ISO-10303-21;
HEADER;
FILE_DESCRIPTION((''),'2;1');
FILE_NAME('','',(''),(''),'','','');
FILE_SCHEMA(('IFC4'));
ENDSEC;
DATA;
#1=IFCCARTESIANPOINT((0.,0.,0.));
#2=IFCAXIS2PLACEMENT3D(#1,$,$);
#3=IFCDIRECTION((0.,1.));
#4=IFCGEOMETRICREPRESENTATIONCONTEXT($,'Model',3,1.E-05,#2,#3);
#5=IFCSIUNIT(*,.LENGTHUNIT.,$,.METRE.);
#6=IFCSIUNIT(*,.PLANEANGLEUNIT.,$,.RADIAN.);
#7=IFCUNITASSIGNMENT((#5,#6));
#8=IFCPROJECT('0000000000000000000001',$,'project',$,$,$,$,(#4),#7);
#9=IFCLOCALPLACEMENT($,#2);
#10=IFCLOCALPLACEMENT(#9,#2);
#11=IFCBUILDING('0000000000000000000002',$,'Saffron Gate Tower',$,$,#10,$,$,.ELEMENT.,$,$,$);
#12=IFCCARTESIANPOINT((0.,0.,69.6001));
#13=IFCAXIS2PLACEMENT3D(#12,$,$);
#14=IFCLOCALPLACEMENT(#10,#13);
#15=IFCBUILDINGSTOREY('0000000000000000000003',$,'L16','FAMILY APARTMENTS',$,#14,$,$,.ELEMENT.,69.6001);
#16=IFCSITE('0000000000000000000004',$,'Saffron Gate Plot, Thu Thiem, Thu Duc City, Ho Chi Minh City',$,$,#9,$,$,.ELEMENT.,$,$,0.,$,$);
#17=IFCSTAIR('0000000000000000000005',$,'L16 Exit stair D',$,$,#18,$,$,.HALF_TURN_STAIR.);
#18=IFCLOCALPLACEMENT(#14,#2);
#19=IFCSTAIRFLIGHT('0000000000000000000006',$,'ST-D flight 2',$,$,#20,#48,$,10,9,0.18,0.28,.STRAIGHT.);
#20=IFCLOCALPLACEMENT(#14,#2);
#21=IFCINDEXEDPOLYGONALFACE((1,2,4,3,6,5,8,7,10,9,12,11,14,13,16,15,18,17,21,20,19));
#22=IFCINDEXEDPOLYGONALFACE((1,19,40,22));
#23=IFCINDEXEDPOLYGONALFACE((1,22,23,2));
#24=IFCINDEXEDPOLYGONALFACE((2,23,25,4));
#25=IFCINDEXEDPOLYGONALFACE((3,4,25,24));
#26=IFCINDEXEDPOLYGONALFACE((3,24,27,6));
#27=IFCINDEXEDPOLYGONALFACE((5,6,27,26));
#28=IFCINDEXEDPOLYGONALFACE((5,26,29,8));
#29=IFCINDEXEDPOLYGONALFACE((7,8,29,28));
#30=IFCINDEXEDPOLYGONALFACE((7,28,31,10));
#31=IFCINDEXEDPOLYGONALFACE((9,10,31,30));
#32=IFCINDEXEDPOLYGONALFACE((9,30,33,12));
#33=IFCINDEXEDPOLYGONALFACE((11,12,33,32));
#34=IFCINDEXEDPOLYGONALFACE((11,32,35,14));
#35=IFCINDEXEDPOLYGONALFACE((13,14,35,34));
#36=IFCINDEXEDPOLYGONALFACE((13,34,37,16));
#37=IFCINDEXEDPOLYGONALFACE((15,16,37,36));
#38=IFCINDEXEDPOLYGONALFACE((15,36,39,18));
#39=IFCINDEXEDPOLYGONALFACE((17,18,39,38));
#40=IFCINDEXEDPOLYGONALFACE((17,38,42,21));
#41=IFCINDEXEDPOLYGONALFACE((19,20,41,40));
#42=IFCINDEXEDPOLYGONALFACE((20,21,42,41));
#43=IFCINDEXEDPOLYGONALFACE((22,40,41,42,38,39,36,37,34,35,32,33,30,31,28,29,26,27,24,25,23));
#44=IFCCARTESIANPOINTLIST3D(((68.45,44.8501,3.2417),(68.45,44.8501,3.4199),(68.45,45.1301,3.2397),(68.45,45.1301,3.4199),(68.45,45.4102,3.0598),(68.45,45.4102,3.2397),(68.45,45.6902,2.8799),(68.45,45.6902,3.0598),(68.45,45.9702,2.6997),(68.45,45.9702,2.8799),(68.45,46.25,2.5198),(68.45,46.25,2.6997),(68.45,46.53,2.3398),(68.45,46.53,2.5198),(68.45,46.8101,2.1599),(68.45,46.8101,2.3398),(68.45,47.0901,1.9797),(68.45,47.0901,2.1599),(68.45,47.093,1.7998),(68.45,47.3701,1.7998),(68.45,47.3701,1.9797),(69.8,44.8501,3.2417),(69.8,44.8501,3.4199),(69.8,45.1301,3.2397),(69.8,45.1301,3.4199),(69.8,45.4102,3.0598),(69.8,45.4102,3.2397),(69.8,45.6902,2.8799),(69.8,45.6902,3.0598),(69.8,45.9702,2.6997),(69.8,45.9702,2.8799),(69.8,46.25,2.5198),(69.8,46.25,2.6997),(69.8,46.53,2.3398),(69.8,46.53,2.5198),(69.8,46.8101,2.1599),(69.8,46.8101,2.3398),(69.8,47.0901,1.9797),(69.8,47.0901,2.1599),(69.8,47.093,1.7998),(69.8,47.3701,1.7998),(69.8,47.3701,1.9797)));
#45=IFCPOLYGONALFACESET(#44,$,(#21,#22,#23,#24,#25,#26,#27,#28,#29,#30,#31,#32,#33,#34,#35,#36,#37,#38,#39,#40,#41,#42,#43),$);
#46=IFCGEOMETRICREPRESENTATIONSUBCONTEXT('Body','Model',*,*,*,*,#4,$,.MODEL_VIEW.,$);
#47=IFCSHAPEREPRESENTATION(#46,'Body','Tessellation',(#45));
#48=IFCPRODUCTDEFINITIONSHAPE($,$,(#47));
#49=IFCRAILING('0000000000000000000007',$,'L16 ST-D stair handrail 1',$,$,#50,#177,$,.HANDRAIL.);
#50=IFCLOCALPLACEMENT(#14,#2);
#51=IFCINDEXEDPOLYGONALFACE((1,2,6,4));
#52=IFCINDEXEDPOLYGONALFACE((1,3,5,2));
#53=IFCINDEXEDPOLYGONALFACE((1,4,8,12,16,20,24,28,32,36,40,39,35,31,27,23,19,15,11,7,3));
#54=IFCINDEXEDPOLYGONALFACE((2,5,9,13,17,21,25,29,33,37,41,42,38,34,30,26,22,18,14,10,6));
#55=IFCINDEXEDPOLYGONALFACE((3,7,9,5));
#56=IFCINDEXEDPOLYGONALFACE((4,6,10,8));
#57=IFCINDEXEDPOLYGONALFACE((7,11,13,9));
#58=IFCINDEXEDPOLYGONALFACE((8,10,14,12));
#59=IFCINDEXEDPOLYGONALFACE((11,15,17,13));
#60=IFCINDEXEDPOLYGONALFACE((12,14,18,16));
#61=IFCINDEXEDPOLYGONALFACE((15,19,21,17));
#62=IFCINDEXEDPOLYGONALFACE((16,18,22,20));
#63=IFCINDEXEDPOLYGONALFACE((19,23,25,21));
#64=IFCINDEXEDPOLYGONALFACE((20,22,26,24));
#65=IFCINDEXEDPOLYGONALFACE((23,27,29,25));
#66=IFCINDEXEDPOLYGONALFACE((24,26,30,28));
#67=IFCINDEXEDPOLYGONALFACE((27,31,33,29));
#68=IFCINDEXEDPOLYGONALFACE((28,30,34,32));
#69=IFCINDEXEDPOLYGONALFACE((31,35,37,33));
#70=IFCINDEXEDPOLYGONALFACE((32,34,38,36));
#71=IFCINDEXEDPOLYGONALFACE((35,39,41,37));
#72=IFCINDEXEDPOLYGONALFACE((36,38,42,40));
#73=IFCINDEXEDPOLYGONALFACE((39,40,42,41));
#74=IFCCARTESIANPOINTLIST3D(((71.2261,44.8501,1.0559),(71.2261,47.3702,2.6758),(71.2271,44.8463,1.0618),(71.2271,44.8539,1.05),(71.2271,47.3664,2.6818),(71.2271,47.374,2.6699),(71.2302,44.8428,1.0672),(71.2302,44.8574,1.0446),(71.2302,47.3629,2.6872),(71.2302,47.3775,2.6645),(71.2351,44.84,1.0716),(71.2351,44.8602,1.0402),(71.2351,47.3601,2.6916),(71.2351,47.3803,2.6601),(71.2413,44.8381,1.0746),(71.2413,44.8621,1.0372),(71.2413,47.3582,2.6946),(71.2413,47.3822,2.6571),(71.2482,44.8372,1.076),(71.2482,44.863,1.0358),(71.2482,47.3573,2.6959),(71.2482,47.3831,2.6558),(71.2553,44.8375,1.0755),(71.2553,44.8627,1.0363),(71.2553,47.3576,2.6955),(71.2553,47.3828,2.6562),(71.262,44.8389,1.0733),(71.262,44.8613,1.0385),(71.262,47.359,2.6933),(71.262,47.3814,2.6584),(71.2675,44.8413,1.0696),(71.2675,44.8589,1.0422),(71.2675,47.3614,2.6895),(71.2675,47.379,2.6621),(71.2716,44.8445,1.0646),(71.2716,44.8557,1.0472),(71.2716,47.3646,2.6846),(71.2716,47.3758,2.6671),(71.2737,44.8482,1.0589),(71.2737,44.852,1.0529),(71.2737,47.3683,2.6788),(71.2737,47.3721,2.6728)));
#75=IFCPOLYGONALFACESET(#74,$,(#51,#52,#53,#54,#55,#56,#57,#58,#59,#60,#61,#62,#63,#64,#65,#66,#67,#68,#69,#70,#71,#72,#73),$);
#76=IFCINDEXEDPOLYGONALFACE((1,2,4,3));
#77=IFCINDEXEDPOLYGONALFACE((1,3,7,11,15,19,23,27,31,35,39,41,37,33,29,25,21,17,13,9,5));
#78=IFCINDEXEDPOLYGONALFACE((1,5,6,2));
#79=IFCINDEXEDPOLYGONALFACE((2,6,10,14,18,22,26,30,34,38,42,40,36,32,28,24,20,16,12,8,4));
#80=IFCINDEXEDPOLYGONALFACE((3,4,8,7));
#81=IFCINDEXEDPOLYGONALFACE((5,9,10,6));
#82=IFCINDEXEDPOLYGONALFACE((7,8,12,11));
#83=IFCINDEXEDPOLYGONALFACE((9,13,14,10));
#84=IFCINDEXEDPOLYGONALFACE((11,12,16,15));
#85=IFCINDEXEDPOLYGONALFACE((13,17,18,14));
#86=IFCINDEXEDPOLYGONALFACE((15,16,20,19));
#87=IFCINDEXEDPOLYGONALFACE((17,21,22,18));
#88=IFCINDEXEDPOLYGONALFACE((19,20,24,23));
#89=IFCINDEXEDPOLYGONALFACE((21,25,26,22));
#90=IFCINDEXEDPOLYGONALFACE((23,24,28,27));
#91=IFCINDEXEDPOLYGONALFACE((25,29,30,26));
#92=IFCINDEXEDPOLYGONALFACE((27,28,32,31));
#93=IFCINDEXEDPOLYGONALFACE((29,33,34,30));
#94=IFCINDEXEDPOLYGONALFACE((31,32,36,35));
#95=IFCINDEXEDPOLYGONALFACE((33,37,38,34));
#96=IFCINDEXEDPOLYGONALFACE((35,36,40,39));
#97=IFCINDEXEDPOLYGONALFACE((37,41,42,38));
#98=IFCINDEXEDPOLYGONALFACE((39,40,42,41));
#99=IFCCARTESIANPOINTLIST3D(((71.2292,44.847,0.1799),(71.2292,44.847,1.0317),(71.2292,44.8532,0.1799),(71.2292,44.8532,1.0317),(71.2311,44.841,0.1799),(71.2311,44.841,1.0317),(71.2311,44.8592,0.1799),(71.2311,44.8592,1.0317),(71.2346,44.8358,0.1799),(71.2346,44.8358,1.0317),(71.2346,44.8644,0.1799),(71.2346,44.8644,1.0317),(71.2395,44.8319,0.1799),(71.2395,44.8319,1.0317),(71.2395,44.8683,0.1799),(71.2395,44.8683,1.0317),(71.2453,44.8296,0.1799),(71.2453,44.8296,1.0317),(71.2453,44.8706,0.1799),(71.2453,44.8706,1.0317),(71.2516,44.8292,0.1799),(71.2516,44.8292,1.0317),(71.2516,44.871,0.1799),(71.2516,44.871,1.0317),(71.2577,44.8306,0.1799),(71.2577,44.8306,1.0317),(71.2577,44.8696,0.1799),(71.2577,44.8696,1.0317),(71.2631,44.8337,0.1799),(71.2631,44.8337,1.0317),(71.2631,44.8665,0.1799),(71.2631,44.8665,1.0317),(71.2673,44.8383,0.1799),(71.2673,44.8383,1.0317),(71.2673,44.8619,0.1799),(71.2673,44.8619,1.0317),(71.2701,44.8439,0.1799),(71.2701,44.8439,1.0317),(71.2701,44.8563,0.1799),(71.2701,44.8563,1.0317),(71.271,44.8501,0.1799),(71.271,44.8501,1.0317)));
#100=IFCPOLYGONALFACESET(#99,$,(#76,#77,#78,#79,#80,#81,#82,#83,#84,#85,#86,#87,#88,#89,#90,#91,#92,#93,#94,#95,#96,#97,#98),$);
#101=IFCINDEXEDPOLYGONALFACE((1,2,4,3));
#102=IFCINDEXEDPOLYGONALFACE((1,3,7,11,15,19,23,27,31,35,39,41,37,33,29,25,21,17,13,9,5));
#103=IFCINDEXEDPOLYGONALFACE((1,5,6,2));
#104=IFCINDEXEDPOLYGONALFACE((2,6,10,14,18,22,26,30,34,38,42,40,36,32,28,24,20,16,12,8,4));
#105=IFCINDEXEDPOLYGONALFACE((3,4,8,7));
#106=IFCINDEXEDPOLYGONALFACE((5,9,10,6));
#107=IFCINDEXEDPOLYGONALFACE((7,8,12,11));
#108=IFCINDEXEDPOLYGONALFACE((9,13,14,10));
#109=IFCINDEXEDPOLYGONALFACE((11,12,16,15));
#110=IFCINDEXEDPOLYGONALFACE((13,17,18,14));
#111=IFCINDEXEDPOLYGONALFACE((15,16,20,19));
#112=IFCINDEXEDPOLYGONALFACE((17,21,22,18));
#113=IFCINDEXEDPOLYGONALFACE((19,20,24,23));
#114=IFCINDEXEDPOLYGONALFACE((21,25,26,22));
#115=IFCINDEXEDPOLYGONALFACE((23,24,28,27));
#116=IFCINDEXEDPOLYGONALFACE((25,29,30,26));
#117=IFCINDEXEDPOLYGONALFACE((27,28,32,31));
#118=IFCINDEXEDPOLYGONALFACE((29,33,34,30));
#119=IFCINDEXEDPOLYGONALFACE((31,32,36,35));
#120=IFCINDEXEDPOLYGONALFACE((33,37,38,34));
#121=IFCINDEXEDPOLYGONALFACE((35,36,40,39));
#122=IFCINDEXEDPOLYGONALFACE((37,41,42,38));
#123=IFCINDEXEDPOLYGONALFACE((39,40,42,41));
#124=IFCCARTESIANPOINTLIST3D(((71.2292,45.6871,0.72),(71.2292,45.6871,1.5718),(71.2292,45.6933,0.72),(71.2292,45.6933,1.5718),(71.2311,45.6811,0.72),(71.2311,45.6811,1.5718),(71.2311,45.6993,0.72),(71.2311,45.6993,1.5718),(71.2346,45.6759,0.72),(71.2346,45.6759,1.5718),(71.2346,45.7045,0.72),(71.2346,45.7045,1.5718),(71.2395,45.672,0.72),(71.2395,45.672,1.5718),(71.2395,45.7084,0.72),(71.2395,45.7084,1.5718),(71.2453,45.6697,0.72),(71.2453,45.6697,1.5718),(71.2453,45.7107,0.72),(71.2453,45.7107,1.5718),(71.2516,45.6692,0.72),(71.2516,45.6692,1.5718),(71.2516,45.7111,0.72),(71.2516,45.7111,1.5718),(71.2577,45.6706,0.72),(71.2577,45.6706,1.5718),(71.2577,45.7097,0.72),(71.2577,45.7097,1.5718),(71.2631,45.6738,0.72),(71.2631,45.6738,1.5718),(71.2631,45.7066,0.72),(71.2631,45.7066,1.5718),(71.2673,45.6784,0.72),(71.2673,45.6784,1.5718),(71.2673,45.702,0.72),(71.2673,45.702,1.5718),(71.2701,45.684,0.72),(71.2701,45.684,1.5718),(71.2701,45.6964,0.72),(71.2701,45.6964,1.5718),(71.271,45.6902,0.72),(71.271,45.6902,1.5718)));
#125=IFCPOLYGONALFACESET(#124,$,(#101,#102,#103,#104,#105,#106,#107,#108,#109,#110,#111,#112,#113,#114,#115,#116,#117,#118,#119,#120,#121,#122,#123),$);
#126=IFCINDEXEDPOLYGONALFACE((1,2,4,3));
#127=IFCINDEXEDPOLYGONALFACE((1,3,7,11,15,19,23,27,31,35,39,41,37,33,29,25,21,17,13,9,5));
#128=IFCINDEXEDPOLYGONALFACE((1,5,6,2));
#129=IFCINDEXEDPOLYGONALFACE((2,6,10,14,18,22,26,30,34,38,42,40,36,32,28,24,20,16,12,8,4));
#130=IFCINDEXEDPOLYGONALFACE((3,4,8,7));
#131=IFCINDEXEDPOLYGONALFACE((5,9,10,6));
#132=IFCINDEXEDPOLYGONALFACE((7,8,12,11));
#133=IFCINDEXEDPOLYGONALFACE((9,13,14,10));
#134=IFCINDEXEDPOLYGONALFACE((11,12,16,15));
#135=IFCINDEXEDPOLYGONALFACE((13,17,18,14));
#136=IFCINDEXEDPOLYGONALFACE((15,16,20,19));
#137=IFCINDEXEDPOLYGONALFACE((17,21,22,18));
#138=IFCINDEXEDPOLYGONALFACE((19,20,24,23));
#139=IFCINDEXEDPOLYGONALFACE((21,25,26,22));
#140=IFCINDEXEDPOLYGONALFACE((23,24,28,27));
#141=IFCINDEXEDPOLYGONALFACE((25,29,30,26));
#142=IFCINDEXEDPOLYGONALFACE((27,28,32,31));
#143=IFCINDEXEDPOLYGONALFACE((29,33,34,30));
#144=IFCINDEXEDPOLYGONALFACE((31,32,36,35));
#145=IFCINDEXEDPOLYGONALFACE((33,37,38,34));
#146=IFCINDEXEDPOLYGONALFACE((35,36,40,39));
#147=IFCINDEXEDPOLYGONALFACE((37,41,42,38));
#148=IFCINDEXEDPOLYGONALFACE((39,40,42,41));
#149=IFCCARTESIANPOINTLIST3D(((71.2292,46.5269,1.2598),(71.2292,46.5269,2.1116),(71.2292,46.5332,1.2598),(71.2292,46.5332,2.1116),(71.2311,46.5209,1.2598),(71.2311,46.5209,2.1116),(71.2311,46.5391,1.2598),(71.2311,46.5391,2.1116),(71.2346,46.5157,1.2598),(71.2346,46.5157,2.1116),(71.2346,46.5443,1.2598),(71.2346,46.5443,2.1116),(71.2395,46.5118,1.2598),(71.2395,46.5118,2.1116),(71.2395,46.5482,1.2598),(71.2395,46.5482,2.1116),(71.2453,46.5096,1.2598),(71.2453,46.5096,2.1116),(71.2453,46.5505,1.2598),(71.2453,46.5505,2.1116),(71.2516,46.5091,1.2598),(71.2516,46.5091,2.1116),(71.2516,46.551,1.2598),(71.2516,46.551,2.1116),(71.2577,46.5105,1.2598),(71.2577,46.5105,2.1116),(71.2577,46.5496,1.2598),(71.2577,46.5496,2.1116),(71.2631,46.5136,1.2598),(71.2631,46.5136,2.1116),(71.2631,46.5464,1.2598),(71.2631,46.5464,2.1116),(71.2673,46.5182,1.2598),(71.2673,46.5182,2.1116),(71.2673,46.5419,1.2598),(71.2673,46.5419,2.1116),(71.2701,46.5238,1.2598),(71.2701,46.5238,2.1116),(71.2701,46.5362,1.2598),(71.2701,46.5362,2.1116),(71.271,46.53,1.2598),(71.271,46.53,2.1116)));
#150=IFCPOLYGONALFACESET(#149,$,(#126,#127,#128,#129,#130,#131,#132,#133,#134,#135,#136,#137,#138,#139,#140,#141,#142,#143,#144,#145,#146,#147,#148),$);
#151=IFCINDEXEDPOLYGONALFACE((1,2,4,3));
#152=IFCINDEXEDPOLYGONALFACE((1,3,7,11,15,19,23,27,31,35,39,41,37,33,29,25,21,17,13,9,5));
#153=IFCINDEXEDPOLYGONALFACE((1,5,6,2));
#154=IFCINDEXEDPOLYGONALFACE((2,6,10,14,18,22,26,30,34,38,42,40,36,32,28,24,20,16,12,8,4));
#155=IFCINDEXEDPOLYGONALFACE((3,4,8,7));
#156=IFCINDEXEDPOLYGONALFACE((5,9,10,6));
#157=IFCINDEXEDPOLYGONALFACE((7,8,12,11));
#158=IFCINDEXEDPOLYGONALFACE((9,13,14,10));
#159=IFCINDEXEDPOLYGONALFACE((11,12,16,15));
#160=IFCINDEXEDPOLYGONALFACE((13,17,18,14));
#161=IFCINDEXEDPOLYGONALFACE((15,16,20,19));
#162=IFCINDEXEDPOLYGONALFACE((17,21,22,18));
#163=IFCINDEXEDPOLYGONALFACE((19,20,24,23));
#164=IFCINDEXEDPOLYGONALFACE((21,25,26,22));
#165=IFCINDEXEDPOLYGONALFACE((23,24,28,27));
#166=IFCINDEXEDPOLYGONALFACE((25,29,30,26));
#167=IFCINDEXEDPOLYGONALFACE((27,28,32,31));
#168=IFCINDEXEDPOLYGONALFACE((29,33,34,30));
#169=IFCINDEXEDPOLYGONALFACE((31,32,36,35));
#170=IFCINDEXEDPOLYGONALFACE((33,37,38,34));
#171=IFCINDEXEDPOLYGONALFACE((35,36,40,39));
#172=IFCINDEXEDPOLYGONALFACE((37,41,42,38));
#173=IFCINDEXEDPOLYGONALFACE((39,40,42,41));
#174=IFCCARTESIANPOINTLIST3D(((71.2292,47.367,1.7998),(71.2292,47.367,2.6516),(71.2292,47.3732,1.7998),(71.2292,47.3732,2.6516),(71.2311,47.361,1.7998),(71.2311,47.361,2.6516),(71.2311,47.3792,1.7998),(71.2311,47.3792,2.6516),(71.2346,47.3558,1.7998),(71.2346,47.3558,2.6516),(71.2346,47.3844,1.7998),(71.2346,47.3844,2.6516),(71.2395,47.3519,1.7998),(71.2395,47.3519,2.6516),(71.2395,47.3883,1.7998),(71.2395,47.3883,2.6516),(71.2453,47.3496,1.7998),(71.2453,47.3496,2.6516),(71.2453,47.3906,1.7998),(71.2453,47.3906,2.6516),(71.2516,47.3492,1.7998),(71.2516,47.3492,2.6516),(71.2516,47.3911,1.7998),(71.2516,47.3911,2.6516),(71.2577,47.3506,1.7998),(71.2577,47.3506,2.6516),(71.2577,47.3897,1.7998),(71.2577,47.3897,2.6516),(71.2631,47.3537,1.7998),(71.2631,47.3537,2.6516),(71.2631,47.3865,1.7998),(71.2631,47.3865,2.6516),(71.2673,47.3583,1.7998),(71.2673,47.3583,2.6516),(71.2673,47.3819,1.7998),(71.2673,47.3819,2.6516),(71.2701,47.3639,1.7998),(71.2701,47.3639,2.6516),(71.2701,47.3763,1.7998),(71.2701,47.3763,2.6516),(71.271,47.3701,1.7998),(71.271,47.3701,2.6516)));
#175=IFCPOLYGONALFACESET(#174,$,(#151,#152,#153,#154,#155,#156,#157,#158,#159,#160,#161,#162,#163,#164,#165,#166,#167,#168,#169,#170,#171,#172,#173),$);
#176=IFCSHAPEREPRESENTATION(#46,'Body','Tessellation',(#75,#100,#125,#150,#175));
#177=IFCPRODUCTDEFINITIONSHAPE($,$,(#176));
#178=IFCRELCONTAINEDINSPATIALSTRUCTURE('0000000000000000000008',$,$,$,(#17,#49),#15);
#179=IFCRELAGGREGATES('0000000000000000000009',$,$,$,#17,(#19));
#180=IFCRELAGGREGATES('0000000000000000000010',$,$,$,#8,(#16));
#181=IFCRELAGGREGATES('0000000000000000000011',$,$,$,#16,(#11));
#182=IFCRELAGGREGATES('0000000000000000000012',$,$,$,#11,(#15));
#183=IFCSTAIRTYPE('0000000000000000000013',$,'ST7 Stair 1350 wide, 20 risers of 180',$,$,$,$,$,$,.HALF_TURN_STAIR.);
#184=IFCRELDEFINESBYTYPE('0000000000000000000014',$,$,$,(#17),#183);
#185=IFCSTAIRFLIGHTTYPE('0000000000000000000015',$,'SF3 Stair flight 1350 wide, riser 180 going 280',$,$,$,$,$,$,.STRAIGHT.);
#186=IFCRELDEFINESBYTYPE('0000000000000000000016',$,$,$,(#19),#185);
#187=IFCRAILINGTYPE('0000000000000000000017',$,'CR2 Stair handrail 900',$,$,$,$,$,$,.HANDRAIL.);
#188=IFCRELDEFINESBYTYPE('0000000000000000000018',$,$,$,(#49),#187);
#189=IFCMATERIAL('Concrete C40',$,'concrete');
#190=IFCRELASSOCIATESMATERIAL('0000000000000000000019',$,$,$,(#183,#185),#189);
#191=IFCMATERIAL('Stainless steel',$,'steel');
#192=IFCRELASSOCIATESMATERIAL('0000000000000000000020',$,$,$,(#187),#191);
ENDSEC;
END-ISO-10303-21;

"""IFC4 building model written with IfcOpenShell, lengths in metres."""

from ifc_helpers import new_model, si_unit, direction, frame, origin, origin_2d, place, context, subcontext, project, spatial, polyline, circle, outline, extrude, material, type_object, element, aggregate, save


model = new_model("IFC4")

# Units and contexts
model_context = context("Model", 3, precision=1e-05, world=origin(), true_north=direction((0.0, 1.0)))
body_context = subcontext(model_context, "Body", "Model", "MODEL_VIEW")
ifc_project = project(units=[si_unit("LENGTHUNIT", "METRE"), si_unit("PLANEANGLEUNIT", "RADIAN")], contexts=[model_context])

# Site, building, storey
site_placement = place(None, origin())
site = spatial("IfcSite", under=ifc_project, at=site_placement, Name="Saffron Gate Plot, Thu Thiem, Thu Duc City, Ho Chi Minh City", CompositionType="ELEMENT", RefElevation=0.0)
building_placement = place(site_placement, origin())
building = spatial("IfcBuilding", under=site, at=building_placement, Name="Saffron Gate Tower", CompositionType="ELEMENT")
storey_placement = place(building_placement, frame((0.0, 0.0, 69.6001)))
storey = spatial("IfcBuildingStorey", under=building, at=storey_placement, Name="L16", Description="FAMILY APARTMENTS", CompositionType="ELEMENT", Elevation=69.6001)

# Stair, stair flight
ifc_material_1 = material(Name="Concrete C40", Category="concrete")
stair_type = type_object("IfcStairType", Name="ST7 Stair 1350 wide, 20 risers of 180", PredefinedType="HALF_TURN_STAIR", material=ifc_material_1)
stair_placement = place(storey_placement, origin())
stair = element("IfcStair", 1, at=stair_placement, inside=storey, type_object=stair_type, Name="L16 Exit stair D", PredefinedType="HALF_TURN_STAIR")
stair_flight_type = type_object("IfcStairFlightType", Name="SF3 Stair flight 1350 wide, riser 180 going 280", PredefinedType="STRAIGHT", material=ifc_material_1)
stair_flight_1_placement = place(storey_placement, frame((69.125, 47.3701, 1.7998), z_axis=(0.0, 0.0, 1.0), x_axis=(0.0, -1.0, 0.0)))
stair_flight_1 = element("IfcStairFlight", 2, at=stair_flight_1_placement, type_object=stair_flight_type, Name="ST-D flight 2", NumberOfRisers=10, NumberOfTreads=9, PredefinedType="STRAIGHT", RiserHeight=0.18, TreadLength=0.28, context=body_context, shape_type="SweptSolid", body=[
    extrude(outline(polyline([(0.0, 0.0), (0.0, 0.1799), (0.28, 0.1799), (0.28, 0.3601), (0.5601, 0.3601), (0.5601, 0.54), (0.8401, 0.54), (0.8401, 0.72), (1.1201, 0.72), (1.1201, 0.8999), (1.3999, 0.8999), (1.3999, 1.0801), (1.6799, 1.0801), (1.6799, 1.26), (1.96, 1.26), (1.96, 1.4399), (2.24, 1.4399), (2.24, 1.6201), (2.52, 1.6201), (2.52, 1.8), (2.52, 1.4419), (0.2771, 0.0), (0.0, 0.0)])), frame((0.0, 0.675, 0.0), z_axis=(0.0, -1.0, 0.0), x_axis=(1.0, 0.0, 0.0)), (0.0, 0.0, 1.0), 1.3501),
])
aggregate(stair, [stair_flight_1])

# Railing
ifc_material_2 = material(Name="Stainless steel", Category="steel")
railing_type_1 = type_object("IfcRailingType", Name="CR2 Stair handrail 900", PredefinedType="HANDRAIL", material=ifc_material_2)
railing_1_placement = place(storey_placement, frame((71.25, 44.8501, 0.1799)))
element("IfcRailing", 3, at=railing_1_placement, inside=storey, type_object=railing_type_1, Name="L16 ST-D stair handrail 1", PredefinedType="HANDRAIL", context=body_context, shape_type="SweptSolid", body=[
    extrude(circle(Radius=0.0239, at=origin_2d()), frame((0.0, 0.0, 0.876), z_axis=(0.0, 0.8412, 0.540725), x_axis=(-1.0, 0.0, 0.0)), (0.0, 0.0, 1.0), 2.9958),
    extrude(circle(Radius=0.021, at=origin_2d()), origin(), (0.0, 0.0, 1.0), 0.8518),
    extrude(circle(Radius=0.021, at=origin_2d()), frame((0.0, 0.8401, 0.54)), (0.0, 0.0, 1.0), 0.8518),
    extrude(circle(Radius=0.021, at=origin_2d()), frame((0.0, 1.6799, 1.0798)), (0.0, 0.0, 1.0), 0.8518),
    extrude(circle(Radius=0.021, at=origin_2d()), frame((0.0, 2.52, 1.6199)), (0.0, 0.0, 1.0), 0.8518),
])

save(model, "model.ifc")
